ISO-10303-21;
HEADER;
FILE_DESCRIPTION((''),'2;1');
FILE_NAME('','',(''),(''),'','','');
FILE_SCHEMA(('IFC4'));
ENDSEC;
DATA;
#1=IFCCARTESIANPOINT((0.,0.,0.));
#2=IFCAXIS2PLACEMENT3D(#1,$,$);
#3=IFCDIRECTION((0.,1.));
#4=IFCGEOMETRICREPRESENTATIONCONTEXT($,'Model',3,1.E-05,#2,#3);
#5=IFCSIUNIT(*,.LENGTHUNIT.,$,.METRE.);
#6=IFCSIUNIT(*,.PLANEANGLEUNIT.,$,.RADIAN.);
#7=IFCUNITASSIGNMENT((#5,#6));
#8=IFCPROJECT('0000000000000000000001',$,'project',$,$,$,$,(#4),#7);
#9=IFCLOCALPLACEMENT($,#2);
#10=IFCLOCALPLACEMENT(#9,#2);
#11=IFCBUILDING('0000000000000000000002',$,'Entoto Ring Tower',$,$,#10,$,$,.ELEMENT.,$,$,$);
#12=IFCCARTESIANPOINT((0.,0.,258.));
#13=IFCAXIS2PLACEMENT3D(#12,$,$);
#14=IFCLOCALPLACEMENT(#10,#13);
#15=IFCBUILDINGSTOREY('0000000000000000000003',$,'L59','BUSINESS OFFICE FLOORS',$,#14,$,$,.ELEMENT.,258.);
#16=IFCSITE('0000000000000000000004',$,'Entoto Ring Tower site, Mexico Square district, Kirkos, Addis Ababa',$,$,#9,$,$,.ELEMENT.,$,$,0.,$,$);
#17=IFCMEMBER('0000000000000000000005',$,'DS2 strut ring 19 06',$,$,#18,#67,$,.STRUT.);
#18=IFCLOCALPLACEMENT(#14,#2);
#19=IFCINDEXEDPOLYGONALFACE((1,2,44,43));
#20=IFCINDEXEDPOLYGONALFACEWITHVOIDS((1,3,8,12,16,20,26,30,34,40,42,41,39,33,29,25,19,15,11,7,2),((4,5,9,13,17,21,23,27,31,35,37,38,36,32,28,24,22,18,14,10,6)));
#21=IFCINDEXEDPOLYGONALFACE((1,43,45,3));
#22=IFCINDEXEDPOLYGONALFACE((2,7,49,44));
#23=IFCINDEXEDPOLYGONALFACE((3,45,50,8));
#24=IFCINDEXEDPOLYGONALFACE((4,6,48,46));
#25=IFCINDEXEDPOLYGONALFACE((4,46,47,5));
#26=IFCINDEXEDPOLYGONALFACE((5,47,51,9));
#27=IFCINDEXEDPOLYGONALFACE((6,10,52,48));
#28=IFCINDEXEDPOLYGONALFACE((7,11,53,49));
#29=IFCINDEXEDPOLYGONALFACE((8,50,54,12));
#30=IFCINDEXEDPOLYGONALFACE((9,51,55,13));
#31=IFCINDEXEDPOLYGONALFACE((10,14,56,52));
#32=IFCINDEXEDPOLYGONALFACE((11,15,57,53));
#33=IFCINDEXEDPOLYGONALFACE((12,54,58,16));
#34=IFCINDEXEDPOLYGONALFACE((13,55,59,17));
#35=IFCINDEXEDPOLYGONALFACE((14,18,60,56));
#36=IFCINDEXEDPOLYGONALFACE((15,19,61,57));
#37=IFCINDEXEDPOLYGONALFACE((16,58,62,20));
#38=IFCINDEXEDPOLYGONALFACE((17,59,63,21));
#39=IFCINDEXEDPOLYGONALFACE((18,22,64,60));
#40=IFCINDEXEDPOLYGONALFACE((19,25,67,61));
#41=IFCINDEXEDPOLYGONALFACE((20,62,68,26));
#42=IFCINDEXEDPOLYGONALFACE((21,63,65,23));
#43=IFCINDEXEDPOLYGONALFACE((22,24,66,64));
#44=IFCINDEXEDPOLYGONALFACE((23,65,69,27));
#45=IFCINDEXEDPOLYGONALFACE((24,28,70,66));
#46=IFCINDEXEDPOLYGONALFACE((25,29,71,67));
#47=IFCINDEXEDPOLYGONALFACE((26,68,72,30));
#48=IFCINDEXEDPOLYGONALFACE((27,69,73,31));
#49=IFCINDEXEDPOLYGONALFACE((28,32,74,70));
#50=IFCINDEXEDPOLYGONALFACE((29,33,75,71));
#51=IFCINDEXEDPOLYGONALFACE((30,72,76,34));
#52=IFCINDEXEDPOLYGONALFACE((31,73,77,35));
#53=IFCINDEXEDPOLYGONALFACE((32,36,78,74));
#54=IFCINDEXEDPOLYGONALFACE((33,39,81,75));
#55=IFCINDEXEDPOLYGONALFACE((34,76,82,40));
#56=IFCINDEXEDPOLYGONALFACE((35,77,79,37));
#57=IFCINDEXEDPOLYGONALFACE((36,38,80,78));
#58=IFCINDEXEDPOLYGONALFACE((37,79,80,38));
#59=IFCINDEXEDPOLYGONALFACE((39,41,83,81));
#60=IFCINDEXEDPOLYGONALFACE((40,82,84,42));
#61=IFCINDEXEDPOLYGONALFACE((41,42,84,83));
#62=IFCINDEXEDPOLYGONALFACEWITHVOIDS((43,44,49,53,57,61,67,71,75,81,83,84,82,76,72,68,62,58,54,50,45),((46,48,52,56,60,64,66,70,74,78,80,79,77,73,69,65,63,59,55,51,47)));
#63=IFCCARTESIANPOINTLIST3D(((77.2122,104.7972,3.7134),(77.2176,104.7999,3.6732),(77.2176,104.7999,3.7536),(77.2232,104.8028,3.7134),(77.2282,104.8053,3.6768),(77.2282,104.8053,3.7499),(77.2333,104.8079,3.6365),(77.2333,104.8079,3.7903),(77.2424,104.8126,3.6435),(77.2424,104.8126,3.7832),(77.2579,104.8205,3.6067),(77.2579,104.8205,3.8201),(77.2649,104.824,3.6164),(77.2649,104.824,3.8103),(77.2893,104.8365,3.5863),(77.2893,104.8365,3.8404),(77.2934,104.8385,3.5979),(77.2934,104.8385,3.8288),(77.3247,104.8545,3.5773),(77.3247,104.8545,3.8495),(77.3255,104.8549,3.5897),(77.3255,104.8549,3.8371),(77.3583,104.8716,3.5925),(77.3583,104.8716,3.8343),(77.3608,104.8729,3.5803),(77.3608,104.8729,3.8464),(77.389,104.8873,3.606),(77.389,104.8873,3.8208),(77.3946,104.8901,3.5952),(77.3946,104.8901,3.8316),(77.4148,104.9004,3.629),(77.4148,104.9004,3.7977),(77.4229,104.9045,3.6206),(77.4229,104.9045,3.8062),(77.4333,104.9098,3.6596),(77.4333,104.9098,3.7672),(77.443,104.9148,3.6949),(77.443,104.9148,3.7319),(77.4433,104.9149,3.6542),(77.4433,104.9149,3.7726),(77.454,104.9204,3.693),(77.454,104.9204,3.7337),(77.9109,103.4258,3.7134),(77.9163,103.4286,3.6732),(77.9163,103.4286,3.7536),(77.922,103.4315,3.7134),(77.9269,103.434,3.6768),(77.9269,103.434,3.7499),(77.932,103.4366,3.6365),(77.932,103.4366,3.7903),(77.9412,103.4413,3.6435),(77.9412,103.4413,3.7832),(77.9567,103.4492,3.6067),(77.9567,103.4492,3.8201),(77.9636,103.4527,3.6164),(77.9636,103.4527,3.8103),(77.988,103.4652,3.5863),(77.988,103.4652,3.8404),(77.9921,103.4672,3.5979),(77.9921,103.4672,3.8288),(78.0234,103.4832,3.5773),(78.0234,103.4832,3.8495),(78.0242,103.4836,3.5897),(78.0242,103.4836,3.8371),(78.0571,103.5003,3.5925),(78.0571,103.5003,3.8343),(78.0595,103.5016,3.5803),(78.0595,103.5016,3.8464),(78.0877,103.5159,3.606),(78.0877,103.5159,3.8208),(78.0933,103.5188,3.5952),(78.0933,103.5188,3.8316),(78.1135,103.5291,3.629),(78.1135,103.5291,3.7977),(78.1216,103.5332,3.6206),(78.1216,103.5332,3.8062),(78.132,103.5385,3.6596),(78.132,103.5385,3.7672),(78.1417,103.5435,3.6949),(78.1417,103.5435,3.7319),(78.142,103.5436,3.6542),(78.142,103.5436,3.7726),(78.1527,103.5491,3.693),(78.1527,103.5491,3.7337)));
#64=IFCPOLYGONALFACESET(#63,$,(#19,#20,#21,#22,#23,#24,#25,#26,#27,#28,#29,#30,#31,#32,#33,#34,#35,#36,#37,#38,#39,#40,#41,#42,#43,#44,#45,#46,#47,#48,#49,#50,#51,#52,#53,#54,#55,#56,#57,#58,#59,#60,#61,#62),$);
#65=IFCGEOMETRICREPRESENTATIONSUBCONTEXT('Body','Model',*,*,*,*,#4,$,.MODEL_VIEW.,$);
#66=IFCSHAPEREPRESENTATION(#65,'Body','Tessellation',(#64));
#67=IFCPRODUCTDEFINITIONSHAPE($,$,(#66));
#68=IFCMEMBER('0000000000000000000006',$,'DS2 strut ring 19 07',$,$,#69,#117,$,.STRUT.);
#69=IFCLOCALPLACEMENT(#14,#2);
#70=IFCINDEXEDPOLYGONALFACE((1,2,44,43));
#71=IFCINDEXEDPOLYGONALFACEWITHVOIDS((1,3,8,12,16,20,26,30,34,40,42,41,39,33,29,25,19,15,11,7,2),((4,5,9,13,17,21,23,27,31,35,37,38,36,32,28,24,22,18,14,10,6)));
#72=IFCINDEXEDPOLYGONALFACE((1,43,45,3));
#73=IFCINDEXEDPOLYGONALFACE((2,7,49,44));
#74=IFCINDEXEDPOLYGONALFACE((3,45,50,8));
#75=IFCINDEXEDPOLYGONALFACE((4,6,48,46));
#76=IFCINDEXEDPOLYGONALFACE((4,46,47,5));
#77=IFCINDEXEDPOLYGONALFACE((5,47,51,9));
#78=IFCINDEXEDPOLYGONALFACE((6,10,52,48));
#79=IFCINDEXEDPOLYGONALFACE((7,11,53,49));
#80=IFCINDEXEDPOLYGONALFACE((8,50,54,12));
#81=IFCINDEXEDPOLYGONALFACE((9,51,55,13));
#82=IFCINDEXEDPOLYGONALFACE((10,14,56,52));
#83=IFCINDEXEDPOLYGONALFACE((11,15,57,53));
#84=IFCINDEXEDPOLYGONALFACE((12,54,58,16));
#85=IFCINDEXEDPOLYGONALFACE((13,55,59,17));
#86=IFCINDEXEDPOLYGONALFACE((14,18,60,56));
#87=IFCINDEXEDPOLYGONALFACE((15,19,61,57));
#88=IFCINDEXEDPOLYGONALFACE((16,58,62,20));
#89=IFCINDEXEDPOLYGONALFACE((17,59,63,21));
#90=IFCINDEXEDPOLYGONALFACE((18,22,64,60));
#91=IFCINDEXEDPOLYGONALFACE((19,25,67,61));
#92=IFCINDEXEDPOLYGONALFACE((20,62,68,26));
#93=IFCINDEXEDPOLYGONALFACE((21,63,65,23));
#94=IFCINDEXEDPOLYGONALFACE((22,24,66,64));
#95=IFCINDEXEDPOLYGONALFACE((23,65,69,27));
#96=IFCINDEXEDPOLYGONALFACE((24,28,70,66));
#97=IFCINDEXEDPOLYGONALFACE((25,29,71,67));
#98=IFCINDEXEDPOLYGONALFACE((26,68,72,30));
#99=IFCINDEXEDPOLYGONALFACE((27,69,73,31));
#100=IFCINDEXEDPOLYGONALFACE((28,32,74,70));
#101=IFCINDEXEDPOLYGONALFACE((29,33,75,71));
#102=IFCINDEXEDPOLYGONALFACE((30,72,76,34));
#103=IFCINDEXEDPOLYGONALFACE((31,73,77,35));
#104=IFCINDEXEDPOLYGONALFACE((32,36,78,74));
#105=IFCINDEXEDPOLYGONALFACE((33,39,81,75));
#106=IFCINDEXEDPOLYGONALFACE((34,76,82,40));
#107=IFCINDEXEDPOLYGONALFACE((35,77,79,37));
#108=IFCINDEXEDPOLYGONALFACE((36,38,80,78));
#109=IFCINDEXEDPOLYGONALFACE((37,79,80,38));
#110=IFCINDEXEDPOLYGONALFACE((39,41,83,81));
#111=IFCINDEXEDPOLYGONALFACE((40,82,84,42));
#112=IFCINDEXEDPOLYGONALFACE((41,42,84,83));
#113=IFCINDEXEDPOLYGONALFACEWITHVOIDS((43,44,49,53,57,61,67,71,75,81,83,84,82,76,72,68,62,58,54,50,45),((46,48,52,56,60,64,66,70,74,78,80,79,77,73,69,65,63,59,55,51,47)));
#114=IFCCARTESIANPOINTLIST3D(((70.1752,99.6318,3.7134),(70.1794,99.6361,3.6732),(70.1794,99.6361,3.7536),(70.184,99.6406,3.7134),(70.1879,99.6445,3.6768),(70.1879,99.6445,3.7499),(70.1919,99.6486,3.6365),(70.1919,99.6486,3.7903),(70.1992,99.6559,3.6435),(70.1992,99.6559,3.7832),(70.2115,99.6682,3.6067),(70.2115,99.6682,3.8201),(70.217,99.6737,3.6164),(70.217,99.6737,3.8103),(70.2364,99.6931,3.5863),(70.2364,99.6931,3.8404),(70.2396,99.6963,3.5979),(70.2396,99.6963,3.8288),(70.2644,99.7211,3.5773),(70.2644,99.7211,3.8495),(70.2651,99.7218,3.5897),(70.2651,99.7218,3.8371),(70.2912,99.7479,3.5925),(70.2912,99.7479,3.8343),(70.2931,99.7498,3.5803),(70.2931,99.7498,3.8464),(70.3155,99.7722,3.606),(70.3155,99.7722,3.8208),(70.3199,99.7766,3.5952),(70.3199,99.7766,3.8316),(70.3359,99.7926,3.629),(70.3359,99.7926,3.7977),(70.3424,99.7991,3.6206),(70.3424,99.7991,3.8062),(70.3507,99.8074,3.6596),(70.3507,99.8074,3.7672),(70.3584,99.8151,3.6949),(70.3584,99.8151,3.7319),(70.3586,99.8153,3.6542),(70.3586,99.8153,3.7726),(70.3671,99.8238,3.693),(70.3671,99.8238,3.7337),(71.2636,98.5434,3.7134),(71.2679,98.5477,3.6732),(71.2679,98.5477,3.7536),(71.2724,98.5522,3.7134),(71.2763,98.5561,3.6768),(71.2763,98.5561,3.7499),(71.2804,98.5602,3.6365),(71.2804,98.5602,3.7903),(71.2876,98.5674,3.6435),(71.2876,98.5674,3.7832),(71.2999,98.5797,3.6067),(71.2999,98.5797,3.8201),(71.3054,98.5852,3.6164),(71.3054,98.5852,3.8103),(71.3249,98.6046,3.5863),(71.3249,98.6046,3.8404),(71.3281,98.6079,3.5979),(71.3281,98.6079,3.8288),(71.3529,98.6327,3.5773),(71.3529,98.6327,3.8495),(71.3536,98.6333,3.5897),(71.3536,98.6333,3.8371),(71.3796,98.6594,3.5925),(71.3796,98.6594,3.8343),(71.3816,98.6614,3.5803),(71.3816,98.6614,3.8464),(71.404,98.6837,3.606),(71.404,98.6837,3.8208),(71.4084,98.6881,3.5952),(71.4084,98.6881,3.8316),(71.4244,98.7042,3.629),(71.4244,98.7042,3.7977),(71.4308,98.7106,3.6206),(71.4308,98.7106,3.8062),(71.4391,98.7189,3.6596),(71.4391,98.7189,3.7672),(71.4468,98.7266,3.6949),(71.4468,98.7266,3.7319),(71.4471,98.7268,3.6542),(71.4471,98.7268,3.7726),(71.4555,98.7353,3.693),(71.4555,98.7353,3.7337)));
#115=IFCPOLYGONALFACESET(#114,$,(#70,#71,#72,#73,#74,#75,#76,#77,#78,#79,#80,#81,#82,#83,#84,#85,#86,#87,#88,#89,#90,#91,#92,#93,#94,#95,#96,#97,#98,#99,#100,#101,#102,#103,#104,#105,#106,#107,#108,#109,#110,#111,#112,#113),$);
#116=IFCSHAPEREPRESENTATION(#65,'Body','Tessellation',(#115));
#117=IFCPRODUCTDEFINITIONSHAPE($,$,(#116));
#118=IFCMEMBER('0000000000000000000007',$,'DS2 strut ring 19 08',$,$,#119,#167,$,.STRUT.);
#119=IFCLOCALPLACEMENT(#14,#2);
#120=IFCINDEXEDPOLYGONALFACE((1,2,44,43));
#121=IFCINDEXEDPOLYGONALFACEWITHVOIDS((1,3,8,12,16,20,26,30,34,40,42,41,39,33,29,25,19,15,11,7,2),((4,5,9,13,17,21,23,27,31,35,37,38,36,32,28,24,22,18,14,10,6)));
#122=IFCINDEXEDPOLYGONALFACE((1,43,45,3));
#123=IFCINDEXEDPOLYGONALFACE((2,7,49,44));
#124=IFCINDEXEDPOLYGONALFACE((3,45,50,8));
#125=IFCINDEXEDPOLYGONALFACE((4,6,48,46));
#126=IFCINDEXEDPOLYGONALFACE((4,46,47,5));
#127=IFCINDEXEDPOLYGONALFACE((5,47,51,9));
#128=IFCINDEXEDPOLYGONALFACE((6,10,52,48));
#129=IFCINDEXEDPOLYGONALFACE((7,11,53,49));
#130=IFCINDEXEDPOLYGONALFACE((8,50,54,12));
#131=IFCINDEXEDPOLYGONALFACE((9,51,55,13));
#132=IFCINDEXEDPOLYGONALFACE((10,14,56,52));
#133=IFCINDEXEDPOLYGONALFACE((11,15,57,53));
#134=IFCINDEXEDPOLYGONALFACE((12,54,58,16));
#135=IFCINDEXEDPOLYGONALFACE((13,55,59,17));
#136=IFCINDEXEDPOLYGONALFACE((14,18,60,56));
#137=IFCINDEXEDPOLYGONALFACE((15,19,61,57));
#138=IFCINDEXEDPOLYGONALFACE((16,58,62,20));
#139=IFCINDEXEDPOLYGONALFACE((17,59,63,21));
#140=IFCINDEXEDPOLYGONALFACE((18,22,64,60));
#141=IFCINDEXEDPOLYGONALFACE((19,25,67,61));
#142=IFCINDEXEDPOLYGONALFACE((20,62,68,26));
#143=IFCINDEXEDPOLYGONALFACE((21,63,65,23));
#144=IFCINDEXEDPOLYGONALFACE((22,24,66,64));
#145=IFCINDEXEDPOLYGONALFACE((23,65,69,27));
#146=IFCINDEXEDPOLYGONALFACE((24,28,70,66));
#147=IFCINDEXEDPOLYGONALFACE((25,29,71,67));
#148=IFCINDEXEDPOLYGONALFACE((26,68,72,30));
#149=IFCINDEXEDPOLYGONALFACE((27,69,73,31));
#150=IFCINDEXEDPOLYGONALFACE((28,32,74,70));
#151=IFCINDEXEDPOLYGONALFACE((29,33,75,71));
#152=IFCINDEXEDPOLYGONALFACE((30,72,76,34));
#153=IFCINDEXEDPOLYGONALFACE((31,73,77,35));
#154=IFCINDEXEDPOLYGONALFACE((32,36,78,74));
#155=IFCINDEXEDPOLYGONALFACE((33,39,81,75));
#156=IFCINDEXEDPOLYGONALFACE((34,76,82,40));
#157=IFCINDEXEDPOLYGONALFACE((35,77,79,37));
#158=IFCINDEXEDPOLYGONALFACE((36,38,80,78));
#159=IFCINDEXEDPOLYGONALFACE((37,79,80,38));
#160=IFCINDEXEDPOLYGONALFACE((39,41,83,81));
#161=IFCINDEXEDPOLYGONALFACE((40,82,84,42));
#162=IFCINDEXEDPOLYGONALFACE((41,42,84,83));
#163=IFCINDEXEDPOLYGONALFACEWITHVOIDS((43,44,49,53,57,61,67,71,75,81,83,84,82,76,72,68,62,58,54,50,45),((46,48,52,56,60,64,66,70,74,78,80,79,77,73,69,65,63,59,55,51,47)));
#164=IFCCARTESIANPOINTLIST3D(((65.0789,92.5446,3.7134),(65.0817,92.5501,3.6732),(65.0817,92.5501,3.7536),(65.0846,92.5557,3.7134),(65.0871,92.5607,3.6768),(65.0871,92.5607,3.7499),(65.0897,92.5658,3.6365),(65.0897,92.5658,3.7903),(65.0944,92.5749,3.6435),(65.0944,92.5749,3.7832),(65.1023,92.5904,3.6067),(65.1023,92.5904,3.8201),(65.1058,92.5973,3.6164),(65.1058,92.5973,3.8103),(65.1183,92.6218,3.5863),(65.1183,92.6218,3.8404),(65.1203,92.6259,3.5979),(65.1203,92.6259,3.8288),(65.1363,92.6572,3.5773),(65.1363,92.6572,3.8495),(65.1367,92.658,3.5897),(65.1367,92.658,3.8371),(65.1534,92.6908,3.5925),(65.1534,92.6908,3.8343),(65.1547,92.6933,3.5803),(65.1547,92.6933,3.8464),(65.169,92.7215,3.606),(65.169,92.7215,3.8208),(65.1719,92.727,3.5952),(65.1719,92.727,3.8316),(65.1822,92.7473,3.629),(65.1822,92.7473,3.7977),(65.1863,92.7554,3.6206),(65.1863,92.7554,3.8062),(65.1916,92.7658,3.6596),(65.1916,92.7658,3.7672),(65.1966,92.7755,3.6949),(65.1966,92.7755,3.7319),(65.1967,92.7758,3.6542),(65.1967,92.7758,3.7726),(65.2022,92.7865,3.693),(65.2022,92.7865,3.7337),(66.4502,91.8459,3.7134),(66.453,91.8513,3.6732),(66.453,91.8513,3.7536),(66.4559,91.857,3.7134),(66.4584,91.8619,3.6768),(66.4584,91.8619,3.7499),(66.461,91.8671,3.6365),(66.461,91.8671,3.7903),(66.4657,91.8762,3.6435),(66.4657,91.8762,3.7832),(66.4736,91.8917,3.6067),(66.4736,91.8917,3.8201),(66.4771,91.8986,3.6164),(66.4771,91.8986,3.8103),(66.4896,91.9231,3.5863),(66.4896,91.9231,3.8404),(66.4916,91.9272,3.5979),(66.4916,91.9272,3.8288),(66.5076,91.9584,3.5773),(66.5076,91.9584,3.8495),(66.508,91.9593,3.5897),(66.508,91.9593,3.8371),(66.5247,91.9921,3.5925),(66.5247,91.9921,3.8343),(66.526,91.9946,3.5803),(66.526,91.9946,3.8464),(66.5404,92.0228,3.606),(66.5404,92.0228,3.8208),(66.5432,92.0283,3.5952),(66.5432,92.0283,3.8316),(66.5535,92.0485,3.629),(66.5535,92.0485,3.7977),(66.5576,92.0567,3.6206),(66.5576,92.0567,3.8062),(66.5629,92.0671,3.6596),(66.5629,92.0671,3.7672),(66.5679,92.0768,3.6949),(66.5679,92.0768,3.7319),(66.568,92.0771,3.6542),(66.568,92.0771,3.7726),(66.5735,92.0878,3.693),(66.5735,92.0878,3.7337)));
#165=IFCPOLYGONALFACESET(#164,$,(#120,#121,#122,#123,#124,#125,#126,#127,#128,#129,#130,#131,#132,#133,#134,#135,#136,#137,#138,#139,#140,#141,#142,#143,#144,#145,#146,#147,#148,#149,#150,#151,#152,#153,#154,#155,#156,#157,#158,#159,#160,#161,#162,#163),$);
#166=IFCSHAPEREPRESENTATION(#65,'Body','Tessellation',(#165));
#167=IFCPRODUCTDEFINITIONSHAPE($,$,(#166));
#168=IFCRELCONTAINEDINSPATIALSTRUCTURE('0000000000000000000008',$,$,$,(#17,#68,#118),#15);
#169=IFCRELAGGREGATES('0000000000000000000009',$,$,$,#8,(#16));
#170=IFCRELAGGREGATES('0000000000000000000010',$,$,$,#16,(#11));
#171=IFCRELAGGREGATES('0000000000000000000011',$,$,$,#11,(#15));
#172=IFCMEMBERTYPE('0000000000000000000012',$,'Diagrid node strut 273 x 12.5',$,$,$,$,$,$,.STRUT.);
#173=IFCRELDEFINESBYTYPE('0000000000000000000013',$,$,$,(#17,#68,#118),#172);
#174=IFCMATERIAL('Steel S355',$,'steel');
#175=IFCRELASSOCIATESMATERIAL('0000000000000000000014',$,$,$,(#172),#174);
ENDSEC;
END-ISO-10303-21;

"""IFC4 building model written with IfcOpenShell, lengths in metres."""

from ifc_helpers import new_model, si_unit, direction, frame, origin, origin_2d, place, context, subcontext, project, spatial, circle, hollow_circle, extrude, material, material_profile, profile_set, type_object, element, save


model = new_model("IFC4")

# Units and contexts
model_context = context("Model", 3, precision=1e-05, world=origin(), true_north=direction((0.0, 1.0)))
body_context = subcontext(model_context, "Body", "Model", "MODEL_VIEW")
ifc_project = project(units=[si_unit("LENGTHUNIT", "METRE"), si_unit("PLANEANGLEUNIT", "RADIAN")], contexts=[model_context])

# Site, building, storey
site_placement = place(None, origin())
site = spatial("IfcSite", under=ifc_project, at=site_placement, Name="Entoto Ring Tower site, Mexico Square district, Kirkos, Addis Ababa", CompositionType="ELEMENT", RefElevation=0.0)
building_placement = place(site_placement, origin())
building = spatial("IfcBuilding", under=site, at=building_placement, Name="Entoto Ring Tower", CompositionType="ELEMENT")
storey_placement = place(building_placement, frame((0.0, 0.0, 258.0)))
storey = spatial("IfcBuildingStorey", under=building, at=storey_placement, Name="L59", Description="BUSINESS OFFICE FLOORS", CompositionType="ELEMENT", Elevation=258.0)

# Members
ifc_material_1 = material(Name="Steel S355", Category="steel")
ifc_material_profile_1 = material_profile(ifc_material_1, hollow_circle(Radius=0.1365, WallThickness=0.0125, at=origin_2d()), Name="CHS 273 x 12.5")
ifc_material_2 = material(Name="Concrete C60/75", Category="concrete")
ifc_material_profile_2 = material_profile(ifc_material_2, circle(Radius=0.124, at=origin_2d()), Name="Concrete C60/75 infill")
ifc_profile_set_1 = profile_set([ifc_material_profile_1, ifc_material_profile_2], Name="Steel S355")
member_type = type_object("IfcMemberType", Name="Diagrid node strut 273 x 12.5", PredefinedType="STRUT", material=ifc_profile_set_1)
member_1_placement = place(storey_placement, frame((78.0325, 103.4878, 3.7134), z_axis=(-0.45399, 0.891007, 0.0), x_axis=(-0.891007, -0.45399, 0.0)))
element("IfcMember", 1, at=member_1_placement, inside=storey, type_object=member_type, Name="DS2 strut ring 19 06", PredefinedType="STRUT", context=body_context, shape_type="SweptSolid", body=[
    extrude(hollow_circle(Radius=0.1365, WallThickness=0.0125, at=origin_2d()), origin(), (0.0, 0.0, 1.0), 1.5391),
])
member_2_placement = place(storey_placement, frame((71.3601, 98.6399, 3.7134), z_axis=(-0.707107, 0.707107, 0.0), x_axis=(-0.707107, -0.707107, 0.0)))
element("IfcMember", 2, at=member_2_placement, inside=storey, type_object=member_type, Name="DS2 strut ring 19 07", PredefinedType="STRUT", context=body_context, shape_type="SweptSolid", body=[
    extrude(hollow_circle(Radius=0.1365, WallThickness=0.0125, at=origin_2d()), origin(), (0.0, 0.0, 1.0), 1.5393),
])
for number, where, z_axis, x_axis, name in (
    (3, (66.5122, 91.9675, 3.7134), (-0.891007, 0.45399, 0.0), (-0.45399, -0.891007, 0.0), "DS2 strut ring 19 08"),
):
    element("IfcMember", number, at=place(storey_placement, frame(where, z_axis=z_axis, x_axis=x_axis)), inside=storey, type_object=member_type, Name=name, PredefinedType="STRUT", context=body_context, shape_type="SweptSolid", body=[
        extrude(hollow_circle(Radius=0.1365, WallThickness=0.0125, at=origin_2d()), origin(), (0.0, 0.0, 1.0), 1.5391),
    ])

save(model, "model.ifc")
